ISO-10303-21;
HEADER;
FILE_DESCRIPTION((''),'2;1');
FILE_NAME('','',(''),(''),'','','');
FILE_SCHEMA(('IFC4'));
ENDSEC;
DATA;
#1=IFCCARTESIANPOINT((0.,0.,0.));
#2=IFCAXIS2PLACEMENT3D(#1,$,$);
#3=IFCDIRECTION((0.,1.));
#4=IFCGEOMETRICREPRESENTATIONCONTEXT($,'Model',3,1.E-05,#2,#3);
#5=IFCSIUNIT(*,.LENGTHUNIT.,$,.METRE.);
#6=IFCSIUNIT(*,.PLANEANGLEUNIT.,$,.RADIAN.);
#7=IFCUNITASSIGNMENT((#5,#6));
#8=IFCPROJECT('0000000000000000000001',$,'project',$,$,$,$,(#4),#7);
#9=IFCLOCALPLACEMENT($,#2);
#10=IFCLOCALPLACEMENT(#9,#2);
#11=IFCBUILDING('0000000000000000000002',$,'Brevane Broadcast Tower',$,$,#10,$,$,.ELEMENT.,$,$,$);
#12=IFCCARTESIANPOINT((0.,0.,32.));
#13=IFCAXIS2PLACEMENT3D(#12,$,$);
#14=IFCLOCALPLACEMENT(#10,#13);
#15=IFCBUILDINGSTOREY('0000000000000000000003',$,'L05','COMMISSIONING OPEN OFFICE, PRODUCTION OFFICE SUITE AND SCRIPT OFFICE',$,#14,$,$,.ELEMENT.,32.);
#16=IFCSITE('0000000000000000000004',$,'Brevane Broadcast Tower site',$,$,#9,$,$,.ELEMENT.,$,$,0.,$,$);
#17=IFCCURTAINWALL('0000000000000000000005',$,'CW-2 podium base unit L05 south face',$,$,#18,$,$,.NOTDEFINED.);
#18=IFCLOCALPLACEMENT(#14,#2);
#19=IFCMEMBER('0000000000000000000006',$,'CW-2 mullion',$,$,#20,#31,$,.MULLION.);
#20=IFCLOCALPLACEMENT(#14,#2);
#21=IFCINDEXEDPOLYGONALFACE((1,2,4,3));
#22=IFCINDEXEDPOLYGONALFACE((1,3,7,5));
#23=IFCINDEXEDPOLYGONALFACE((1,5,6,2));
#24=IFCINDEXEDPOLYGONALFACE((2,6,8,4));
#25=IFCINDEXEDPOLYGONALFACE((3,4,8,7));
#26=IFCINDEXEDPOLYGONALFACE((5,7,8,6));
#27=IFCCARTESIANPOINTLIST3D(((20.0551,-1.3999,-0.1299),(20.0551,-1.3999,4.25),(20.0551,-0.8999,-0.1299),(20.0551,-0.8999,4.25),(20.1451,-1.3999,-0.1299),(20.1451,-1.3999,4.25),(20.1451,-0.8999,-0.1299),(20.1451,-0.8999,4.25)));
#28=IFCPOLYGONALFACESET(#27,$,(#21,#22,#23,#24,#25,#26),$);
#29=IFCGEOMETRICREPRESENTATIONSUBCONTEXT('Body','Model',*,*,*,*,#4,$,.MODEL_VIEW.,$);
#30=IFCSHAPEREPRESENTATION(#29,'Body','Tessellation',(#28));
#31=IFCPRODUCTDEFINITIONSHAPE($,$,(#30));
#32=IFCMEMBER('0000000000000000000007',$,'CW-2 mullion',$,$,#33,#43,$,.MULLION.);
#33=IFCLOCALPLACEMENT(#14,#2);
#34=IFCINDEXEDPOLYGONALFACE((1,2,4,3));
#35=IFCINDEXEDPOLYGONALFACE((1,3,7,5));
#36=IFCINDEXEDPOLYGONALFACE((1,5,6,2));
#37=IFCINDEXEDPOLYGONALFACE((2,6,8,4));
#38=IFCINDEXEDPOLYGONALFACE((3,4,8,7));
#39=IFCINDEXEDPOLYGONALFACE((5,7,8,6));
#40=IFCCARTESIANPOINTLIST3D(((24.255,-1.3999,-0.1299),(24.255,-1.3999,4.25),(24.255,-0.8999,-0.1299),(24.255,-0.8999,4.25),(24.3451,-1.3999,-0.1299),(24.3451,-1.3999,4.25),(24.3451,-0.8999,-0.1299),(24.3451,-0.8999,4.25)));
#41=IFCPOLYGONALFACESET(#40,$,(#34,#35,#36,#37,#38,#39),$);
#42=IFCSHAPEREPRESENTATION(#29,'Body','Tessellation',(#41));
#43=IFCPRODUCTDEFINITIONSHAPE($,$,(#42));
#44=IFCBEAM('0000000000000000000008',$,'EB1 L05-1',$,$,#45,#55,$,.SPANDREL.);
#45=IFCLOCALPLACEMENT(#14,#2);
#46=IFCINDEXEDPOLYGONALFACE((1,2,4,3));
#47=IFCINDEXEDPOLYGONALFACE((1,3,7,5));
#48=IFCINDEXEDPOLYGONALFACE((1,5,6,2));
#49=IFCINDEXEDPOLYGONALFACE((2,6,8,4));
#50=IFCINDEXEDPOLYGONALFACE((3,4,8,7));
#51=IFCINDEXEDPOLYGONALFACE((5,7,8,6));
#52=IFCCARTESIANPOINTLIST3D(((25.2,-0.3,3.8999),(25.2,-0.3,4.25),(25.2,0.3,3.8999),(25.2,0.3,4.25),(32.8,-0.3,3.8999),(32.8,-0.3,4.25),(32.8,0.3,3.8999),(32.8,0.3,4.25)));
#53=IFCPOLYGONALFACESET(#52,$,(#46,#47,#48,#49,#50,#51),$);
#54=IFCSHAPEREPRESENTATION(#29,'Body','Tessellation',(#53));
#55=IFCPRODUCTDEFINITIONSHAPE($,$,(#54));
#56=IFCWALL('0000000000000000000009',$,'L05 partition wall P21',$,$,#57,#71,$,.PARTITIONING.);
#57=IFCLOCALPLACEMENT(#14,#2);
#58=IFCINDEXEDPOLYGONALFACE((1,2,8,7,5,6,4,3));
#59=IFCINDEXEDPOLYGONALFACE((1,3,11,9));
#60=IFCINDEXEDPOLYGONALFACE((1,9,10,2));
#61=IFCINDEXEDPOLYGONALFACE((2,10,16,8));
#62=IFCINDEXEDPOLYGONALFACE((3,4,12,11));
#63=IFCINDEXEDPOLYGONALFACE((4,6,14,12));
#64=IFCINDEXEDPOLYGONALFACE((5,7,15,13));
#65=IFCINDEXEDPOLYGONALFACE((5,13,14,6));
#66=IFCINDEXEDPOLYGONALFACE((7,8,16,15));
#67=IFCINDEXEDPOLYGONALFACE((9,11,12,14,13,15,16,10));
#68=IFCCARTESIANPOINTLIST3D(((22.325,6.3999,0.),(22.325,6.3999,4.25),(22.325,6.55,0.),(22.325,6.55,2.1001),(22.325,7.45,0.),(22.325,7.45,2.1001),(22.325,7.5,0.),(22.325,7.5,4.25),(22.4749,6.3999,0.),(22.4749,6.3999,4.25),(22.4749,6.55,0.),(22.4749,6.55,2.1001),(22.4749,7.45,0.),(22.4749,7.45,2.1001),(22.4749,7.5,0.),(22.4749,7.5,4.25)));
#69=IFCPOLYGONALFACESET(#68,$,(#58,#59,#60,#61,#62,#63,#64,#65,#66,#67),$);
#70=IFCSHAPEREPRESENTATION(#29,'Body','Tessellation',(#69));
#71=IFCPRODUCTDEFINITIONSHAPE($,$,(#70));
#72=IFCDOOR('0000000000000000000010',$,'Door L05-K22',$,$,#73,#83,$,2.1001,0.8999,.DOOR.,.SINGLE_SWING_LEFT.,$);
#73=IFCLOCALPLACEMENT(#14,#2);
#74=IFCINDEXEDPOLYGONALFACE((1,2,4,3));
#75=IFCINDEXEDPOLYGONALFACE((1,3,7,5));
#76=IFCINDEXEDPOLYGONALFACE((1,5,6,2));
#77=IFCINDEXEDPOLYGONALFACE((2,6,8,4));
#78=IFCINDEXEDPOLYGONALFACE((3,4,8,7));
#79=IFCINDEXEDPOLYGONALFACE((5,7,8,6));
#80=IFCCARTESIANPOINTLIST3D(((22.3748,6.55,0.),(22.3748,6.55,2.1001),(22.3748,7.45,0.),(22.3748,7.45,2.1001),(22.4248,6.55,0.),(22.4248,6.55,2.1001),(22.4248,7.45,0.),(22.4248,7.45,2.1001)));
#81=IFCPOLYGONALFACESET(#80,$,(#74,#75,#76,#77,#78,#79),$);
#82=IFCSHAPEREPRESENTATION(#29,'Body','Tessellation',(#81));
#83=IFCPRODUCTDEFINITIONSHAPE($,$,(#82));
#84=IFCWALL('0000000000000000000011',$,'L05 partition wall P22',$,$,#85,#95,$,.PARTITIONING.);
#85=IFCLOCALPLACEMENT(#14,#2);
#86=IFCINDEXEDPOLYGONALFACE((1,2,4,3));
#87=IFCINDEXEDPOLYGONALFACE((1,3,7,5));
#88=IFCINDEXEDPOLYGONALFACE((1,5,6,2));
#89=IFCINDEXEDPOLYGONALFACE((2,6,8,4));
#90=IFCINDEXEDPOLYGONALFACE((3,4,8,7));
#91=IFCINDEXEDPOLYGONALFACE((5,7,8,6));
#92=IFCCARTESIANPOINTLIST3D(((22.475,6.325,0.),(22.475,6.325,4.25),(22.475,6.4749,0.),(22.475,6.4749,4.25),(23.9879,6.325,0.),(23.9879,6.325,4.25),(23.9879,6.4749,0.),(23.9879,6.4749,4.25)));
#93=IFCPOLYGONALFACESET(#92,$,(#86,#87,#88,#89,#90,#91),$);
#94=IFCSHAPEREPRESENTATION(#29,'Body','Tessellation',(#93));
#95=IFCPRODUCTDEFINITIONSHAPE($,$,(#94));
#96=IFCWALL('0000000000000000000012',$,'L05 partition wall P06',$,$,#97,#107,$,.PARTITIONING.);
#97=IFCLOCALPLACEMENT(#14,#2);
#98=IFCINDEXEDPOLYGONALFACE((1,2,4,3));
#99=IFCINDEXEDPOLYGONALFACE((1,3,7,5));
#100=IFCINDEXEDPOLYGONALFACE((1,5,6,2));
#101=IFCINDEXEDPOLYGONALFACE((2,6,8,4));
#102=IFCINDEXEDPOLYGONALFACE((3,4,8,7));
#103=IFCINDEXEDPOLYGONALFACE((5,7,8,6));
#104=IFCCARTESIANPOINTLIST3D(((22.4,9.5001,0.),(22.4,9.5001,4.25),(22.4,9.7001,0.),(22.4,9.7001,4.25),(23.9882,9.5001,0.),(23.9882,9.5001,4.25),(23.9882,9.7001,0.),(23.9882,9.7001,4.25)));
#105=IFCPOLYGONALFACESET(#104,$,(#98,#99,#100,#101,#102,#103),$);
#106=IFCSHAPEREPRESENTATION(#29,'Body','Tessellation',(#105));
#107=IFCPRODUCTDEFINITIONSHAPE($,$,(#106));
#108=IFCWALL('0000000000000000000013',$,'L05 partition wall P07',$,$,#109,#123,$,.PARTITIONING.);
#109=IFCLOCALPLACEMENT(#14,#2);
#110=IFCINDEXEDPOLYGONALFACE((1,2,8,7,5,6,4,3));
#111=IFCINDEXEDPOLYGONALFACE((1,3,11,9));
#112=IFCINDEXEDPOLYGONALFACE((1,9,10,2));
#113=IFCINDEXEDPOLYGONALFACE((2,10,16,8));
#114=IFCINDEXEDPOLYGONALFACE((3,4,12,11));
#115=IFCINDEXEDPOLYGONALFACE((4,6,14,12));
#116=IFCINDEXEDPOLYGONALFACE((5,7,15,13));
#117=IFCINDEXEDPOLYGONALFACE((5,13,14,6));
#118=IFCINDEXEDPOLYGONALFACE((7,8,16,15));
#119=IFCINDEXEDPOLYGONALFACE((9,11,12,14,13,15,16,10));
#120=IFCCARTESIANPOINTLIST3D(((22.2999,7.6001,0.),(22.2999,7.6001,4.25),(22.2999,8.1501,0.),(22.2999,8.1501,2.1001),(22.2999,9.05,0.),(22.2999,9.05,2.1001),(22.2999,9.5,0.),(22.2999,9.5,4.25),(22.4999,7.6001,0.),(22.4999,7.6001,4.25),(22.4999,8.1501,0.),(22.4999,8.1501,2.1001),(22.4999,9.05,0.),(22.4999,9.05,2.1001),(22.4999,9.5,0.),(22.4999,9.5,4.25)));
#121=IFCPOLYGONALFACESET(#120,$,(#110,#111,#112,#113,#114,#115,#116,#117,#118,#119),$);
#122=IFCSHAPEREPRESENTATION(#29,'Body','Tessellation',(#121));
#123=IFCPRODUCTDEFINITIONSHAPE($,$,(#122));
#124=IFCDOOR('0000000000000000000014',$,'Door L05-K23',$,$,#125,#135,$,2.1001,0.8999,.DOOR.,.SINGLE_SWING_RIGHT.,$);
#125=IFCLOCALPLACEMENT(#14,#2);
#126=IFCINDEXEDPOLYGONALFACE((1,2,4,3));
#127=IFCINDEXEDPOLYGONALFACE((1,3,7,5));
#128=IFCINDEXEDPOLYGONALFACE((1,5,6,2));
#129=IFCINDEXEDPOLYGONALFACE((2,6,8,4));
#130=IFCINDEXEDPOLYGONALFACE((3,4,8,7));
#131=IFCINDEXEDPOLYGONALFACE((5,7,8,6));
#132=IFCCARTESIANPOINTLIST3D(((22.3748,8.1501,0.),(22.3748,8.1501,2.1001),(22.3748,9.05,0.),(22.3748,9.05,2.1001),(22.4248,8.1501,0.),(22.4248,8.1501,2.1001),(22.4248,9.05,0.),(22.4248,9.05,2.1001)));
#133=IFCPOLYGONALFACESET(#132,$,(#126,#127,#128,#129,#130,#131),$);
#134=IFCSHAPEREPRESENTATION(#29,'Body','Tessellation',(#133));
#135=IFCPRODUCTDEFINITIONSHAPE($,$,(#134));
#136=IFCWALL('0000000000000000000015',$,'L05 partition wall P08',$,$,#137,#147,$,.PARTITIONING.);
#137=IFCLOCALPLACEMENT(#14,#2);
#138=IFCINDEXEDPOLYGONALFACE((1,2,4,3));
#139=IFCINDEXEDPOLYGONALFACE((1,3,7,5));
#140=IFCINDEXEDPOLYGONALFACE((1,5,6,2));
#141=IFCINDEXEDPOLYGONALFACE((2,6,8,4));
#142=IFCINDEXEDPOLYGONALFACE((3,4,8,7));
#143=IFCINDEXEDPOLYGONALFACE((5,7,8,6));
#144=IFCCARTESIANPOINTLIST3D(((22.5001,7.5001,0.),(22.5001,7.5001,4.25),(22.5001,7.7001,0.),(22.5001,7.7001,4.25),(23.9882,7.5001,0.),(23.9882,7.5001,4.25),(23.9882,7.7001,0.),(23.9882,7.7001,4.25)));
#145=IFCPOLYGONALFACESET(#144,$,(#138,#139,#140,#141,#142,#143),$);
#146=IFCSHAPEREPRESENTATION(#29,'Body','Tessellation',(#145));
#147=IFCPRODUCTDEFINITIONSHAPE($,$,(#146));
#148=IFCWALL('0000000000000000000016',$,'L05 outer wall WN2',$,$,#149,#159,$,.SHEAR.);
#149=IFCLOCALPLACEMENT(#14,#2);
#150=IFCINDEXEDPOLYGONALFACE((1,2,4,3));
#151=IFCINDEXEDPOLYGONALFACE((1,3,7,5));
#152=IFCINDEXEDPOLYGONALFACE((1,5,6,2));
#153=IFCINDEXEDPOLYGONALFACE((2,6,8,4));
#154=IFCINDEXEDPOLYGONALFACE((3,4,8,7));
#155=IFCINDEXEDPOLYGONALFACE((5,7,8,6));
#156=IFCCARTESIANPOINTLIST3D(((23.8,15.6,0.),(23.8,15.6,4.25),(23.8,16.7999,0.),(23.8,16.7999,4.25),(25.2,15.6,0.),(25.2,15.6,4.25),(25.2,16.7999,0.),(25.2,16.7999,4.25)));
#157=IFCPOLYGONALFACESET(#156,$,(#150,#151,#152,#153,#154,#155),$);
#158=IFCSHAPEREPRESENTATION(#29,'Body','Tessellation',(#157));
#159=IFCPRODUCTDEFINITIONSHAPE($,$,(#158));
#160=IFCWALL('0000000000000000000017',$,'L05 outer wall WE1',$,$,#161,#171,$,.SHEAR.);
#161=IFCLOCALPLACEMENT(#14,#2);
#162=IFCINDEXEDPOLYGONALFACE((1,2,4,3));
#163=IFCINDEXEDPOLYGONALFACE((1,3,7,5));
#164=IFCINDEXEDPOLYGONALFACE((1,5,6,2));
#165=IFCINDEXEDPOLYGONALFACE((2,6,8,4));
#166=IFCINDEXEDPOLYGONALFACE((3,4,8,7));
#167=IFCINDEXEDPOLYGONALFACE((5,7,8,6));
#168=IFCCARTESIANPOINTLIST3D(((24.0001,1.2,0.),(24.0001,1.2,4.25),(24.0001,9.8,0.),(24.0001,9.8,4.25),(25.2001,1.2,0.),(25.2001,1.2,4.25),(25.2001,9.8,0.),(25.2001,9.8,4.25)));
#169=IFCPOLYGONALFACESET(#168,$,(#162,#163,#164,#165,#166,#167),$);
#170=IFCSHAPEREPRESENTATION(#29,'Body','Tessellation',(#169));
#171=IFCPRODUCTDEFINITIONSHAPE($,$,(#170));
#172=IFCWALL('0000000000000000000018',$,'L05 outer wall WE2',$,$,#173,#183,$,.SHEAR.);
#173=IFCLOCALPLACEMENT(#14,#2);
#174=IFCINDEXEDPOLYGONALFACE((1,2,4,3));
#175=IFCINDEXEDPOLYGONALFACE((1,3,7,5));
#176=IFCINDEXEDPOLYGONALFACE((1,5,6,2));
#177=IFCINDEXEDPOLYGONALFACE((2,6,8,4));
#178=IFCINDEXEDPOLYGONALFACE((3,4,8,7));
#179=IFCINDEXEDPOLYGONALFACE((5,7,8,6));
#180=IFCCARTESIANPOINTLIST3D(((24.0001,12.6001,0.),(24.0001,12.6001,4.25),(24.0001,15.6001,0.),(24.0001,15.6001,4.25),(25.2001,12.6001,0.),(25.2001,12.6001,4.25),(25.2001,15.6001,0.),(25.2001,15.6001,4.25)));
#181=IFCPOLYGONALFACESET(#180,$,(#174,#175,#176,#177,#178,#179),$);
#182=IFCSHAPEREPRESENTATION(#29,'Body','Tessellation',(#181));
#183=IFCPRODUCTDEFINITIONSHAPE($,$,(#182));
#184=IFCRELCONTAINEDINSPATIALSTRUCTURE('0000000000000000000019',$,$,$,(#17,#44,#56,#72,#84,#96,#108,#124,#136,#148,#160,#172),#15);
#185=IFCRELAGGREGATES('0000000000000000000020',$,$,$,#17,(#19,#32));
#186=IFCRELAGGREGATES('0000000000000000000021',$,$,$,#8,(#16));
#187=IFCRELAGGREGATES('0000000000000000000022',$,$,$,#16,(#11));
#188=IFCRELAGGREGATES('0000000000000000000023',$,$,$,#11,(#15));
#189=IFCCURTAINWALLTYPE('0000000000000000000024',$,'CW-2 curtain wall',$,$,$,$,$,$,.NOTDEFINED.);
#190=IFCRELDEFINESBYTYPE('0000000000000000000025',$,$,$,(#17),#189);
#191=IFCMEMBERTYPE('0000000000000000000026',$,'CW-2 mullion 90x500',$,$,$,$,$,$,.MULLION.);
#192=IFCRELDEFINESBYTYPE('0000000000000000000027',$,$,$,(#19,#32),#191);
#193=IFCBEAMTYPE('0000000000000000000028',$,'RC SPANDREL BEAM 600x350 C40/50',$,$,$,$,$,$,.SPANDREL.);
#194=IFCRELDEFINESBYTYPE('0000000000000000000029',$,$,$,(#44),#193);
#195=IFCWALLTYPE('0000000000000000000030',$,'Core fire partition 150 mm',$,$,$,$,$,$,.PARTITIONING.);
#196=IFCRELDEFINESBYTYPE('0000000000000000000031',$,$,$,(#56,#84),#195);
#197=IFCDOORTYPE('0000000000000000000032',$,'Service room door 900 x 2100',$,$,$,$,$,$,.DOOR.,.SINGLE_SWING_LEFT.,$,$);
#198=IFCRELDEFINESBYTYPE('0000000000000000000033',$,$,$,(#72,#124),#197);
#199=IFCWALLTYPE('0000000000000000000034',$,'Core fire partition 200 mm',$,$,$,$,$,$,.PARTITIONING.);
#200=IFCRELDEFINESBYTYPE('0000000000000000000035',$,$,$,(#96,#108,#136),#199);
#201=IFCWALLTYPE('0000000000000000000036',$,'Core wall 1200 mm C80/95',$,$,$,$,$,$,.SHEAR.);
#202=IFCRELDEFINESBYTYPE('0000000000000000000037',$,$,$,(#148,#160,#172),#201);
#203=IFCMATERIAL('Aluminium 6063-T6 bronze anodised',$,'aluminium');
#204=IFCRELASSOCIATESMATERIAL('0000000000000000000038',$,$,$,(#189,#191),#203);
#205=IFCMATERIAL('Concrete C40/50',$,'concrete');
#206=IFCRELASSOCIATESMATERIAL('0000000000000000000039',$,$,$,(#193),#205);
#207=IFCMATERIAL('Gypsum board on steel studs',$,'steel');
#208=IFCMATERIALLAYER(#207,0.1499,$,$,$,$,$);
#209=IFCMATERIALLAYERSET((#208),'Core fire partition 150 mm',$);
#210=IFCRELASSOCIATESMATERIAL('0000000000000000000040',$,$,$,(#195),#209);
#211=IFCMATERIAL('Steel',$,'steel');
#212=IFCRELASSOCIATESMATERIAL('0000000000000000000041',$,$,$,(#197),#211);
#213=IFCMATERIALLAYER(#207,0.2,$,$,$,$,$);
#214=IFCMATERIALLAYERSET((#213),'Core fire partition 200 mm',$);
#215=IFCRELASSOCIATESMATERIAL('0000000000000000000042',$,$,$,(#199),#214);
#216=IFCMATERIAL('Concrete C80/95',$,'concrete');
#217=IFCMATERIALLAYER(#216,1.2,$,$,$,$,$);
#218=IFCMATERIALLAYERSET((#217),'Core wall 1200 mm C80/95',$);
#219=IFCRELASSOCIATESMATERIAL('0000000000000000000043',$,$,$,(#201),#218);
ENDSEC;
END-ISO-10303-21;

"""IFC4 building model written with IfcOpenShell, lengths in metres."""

from ifc_helpers import new_model, si_unit, direction, frame, frame_2d, origin, origin_2d, place, context, subcontext, project, spatial, rectangle, extrude, material, layer, layer_set, material_profile, profile_set, type_object, element, fill, aggregate, save


model = new_model("IFC4")

# Units and contexts
model_context = context("Model", 3, precision=1e-05, world=origin(), true_north=direction((0.0, 1.0)))
body_context = subcontext(model_context, "Body", "Model", "MODEL_VIEW")
ifc_project = project(units=[si_unit("LENGTHUNIT", "METRE"), si_unit("PLANEANGLEUNIT", "RADIAN")], contexts=[model_context])

# Site, building, storey
site_placement = place(None, origin())
site = spatial("IfcSite", under=ifc_project, at=site_placement, Name="Brevane Broadcast Tower site", CompositionType="ELEMENT", RefElevation=0.0)
building_placement = place(site_placement, origin())
building = spatial("IfcBuilding", under=site, at=building_placement, Name="Brevane Broadcast Tower", CompositionType="ELEMENT")
storey_placement = place(building_placement, frame((0.0, 0.0, 32.0)))
storey = spatial("IfcBuildingStorey", under=building, at=storey_placement, Name="L05", Description="COMMISSIONING OPEN OFFICE, PRODUCTION OFFICE SUITE AND SCRIPT OFFICE", CompositionType="ELEMENT", Elevation=32.0)

# Curtain wall, members
ifc_material_1 = material(Name="Aluminium 6063-T6 bronze anodised", Category="aluminium")
curtain_wall_type = type_object("IfcCurtainWallType", Name="CW-2 curtain wall", PredefinedType="NOTDEFINED", material=ifc_material_1)
curtain_wall_placement = place(storey_placement, origin())
curtain_wall = element("IfcCurtainWall", 1, at=curtain_wall_placement, inside=storey, type_object=curtain_wall_type, Name="CW-2 podium base unit L05 south face", PredefinedType="NOTDEFINED")
ifc_material_profile_1 = material_profile(ifc_material_1, rectangle(XDim=0.5, YDim=0.0901, at=origin_2d()), Name="RECT 90x500")
ifc_profile_set_1 = profile_set([ifc_material_profile_1], Name="Aluminium 6063-T6 bronze anodised")
member_type = type_object("IfcMemberType", Name="CW-2 mullion 90x500", PredefinedType="MULLION", material=ifc_profile_set_1)
member_1_placement = place(storey_placement, frame((20.1001, -1.1499, -0.1299), z_axis=(0.0, 0.0, 1.0), x_axis=(0.0, 1.0, 0.0)))
member_1 = element("IfcMember", 2, at=member_1_placement, type_object=member_type, Name="CW-2 mullion", PredefinedType="MULLION", context=body_context, shape_type="SweptSolid", body=[
    extrude(rectangle(XDim=0.5, YDim=0.0901, at=origin_2d()), origin(), (0.0, 0.0, 1.0), 4.3799),
])
member_2_placement = place(storey_placement, frame((24.3, -1.1499, -0.1299), z_axis=(0.0, 0.0, 1.0), x_axis=(0.0, 1.0, 0.0)))
member_2 = element("IfcMember", 3, at=member_2_placement, type_object=member_type, Name="CW-2 mullion", PredefinedType="MULLION", context=body_context, shape_type="SweptSolid", body=[
    extrude(rectangle(XDim=0.5, YDim=0.0901, at=origin_2d()), origin(), (0.0, 0.0, 1.0), 4.3799),
])
aggregate(curtain_wall, [member_1, member_2])

# Beam
ifc_material_2 = material(Name="Concrete C40/50", Category="concrete")
ifc_material_profile_2 = material_profile(ifc_material_2, rectangle(XDim=0.6001, YDim=0.3501, at=origin_2d()), Name="RC 600x350")
ifc_profile_set_2 = profile_set([ifc_material_profile_2], Name="Concrete C40/50")
beam_type = type_object("IfcBeamType", Name="RC SPANDREL BEAM 600x350 C40/50", PredefinedType="SPANDREL", material=ifc_profile_set_2)
beam_placement = place(storey_placement, frame((25.2, 0.0, 4.075), z_axis=(1.0, 0.0, 0.0), x_axis=(0.0, 1.0, 0.0)))
element("IfcBeam", 4, at=beam_placement, inside=storey, type_object=beam_type, Name="EB1 L05-1", PredefinedType="SPANDREL", context=body_context, shape_type="SweptSolid", body=[
    extrude(rectangle(XDim=0.6001, YDim=0.3501, at=origin_2d()), origin(), (0.0, 0.0, 1.0), 7.6001),
])

# Wall, opening, door
ifc_material_3 = material(Name="Gypsum board on steel studs", Category="steel")
ifc_layer_1 = layer(ifc_material_3, 0.1499)
ifc_layer_set_1 = layer_set([ifc_layer_1], Name="Core fire partition 150 mm")
wall_type_1 = type_object("IfcWallType", Name="Core fire partition 150 mm", PredefinedType="PARTITIONING", material=ifc_layer_set_1)
wall_1_placement = place(storey_placement, frame((22.3999, 7.5, 0.0), z_axis=(0.0, 0.0, 1.0), x_axis=(0.0, -1.0, 0.0)))
wall_1 = element("IfcWall", 5, at=wall_1_placement, inside=storey, type_object=wall_type_1, Name="L05 partition wall P21", PredefinedType="PARTITIONING", context=body_context, shape_type="SweptSolid", body=[
    extrude(rectangle(XDim=1.1001, YDim=0.1499, at=frame_2d((0.55, 0.0))), origin(), (0.0, 0.0, 1.0), 4.25),
])
opening_1_placement = place(wall_1_placement, frame((0.05, 0.0, 0.0)))
opening_1 = element("IfcOpeningElement", 6, at=opening_1_placement, cuts=wall_1, PredefinedType="OPENING", context=body_context, shape_type="SweptSolid", body=[
    extrude(rectangle(XDim=0.8999, YDim=2.1001, at=frame_2d((0.45, 1.05))), frame((0.0, 0.085, 0.0), z_axis=(0.0, -1.0, 0.0), x_axis=(1.0, 0.0, 0.0)), (0.0, 0.0, 1.0), 0.1699),
])
ifc_material_4 = material(Name="Steel", Category="steel")
door_type = type_object("IfcDoorType", Name="Service room door 900 x 2100", OperationType="SINGLE_SWING_LEFT", PredefinedType="DOOR", material=ifc_material_4)
door_1_placement = place(opening_1_placement, origin())
door_1 = element("IfcDoor", 7, at=door_1_placement, inside=storey, type_object=door_type, Name="Door L05-K22", OperationType="SINGLE_SWING_LEFT", OverallHeight=2.1001, OverallWidth=0.8999, PredefinedType="DOOR", context=body_context, shape_type="SweptSolid", body=[
    extrude(rectangle(XDim=0.8999, YDim=2.1001, at=frame_2d((0.45, 1.05))), frame((0.0, 0.0249, 0.0), z_axis=(0.0, -1.0, 0.0), x_axis=(1.0, 0.0, 0.0)), (0.0, 0.0, 1.0), 0.05),
])
fill(opening_1, door_1)

# Walls
wall_2_placement = place(storey_placement, frame((22.4751, 6.3999, 0.0), z_axis=(0.0, 0.0, 1.0), x_axis=(1.0, 0.0, 0.0)))
element("IfcWall", 8, at=wall_2_placement, inside=storey, type_object=wall_type_1, Name="L05 partition wall P22", PredefinedType="PARTITIONING", context=body_context, shape_type="SweptSolid", body=[
    extrude(rectangle(XDim=1.5129, YDim=0.1499, at=frame_2d((0.7563, 0.0))), origin(), (0.0, 0.0, 1.0), 4.25),
])
ifc_layer_2 = layer(ifc_material_3, 0.2)
ifc_layer_set_2 = layer_set([ifc_layer_2], Name="Core fire partition 200 mm")
wall_type_2 = type_object("IfcWallType", Name="Core fire partition 200 mm", PredefinedType="PARTITIONING", material=ifc_layer_set_2)
wall_3_placement = place(storey_placement, frame((23.988, 9.6001, 0.0), z_axis=(0.0, 0.0, 1.0), x_axis=(-1.0, 0.0, 0.0)))
element("IfcWall", 9, at=wall_3_placement, inside=storey, type_object=wall_type_2, Name="L05 partition wall P06", PredefinedType="PARTITIONING", context=body_context, shape_type="SweptSolid", body=[
    extrude(rectangle(XDim=1.5881, YDim=0.2, at=frame_2d((0.7939, 0.0))), origin(), (0.0, 0.0, 1.0), 4.25),
])

# Wall, opening, door
wall_4_placement = place(storey_placement, frame((22.3999, 9.5, 0.0), z_axis=(0.0, 0.0, 1.0), x_axis=(0.0, -1.0, 0.0)))
wall_4 = element("IfcWall", 10, at=wall_4_placement, inside=storey, type_object=wall_type_2, Name="L05 partition wall P07", PredefinedType="PARTITIONING", context=body_context, shape_type="SweptSolid", body=[
    extrude(rectangle(XDim=1.8999, YDim=0.2, at=frame_2d((0.95, 0.0))), origin(), (0.0, 0.0, 1.0), 4.25),
])
opening_2_placement = place(wall_4_placement, frame((0.45, 0.0, 0.0)))
opening_2 = element("IfcOpeningElement", 11, at=opening_2_placement, cuts=wall_4, PredefinedType="OPENING", context=body_context, shape_type="SweptSolid", body=[
    extrude(rectangle(XDim=0.8999, YDim=2.1001, at=frame_2d((0.45, 1.05))), frame((0.0, 0.1099, 0.0), z_axis=(0.0, -1.0, 0.0), x_axis=(1.0, 0.0, 0.0)), (0.0, 0.0, 1.0), 0.22),
])
door_2_placement = place(opening_2_placement, origin())
door_2 = element("IfcDoor", 12, at=door_2_placement, inside=storey, type_object=door_type, Name="Door L05-K23", OperationType="SINGLE_SWING_RIGHT", OverallHeight=2.1001, OverallWidth=0.8999, PredefinedType="DOOR", context=body_context, shape_type="SweptSolid", body=[
    extrude(rectangle(XDim=0.8999, YDim=2.1001, at=frame_2d((0.45, 1.05))), frame((0.0, 0.0249, 0.0), z_axis=(0.0, -1.0, 0.0), x_axis=(1.0, 0.0, 0.0)), (0.0, 0.0, 1.0), 0.05),
])
fill(opening_2, door_2)

# Walls
wall_5_placement = place(storey_placement, frame((22.5, 7.6001, 0.0), z_axis=(0.0, 0.0, 1.0), x_axis=(1.0, 0.0, 0.0)))
element("IfcWall", 13, at=wall_5_placement, inside=storey, type_object=wall_type_2, Name="L05 partition wall P08", PredefinedType="PARTITIONING", context=body_context, shape_type="SweptSolid", body=[
    extrude(rectangle(XDim=1.488, YDim=0.2, at=frame_2d((0.7441, 0.0))), origin(), (0.0, 0.0, 1.0), 4.25),
])
ifc_material_5 = material(Name="Concrete C80/95", Category="concrete")
ifc_layer_3 = layer(ifc_material_5, 1.2)
ifc_layer_set_3 = layer_set([ifc_layer_3], Name="Core wall 1200 mm C80/95")
wall_type_3 = type_object("IfcWallType", Name="Core wall 1200 mm C80/95", PredefinedType="SHEAR", material=ifc_layer_set_3)
wall_6_placement = place(storey_placement, frame((23.8, 16.2, 0.0), z_axis=(0.0, 0.0, 1.0), x_axis=(1.0, 0.0, 0.0)))
element("IfcWall", 14, at=wall_6_placement, inside=storey, type_object=wall_type_3, Name="L05 outer wall WN2", PredefinedType="SHEAR", context=body_context, shape_type="SweptSolid", body=[
    extrude(rectangle(XDim=1.3999, YDim=1.2, at=frame_2d((0.7, 0.0))), origin(), (0.0, 0.0, 1.0), 4.25),
])
wall_7_placement = place(storey_placement, frame((24.6001, 1.2, 0.0), z_axis=(0.0, 0.0, 1.0), x_axis=(0.0, 1.0, 0.0)))
element("IfcWall", 15, at=wall_7_placement, inside=storey, type_object=wall_type_3, Name="L05 outer wall WE1", PredefinedType="SHEAR", context=body_context, shape_type="SweptSolid", body=[
    extrude(rectangle(XDim=8.6001, YDim=1.2, at=frame_2d((4.3, 0.0))), origin(), (0.0, 0.0, 1.0), 4.25),
])
wall_8_placement = place(storey_placement, frame((24.6001, 12.6001, 0.0), z_axis=(0.0, 0.0, 1.0), x_axis=(0.0, 1.0, 0.0)))
element("IfcWall", 16, at=wall_8_placement, inside=storey, type_object=wall_type_3, Name="L05 outer wall WE2", PredefinedType="SHEAR", context=body_context, shape_type="SweptSolid", body=[
    extrude(rectangle(XDim=3.0, YDim=1.2, at=frame_2d((1.5, 0.0))), origin(), (0.0, 0.0, 1.0), 4.25),
])

save(model, "model.ifc")
